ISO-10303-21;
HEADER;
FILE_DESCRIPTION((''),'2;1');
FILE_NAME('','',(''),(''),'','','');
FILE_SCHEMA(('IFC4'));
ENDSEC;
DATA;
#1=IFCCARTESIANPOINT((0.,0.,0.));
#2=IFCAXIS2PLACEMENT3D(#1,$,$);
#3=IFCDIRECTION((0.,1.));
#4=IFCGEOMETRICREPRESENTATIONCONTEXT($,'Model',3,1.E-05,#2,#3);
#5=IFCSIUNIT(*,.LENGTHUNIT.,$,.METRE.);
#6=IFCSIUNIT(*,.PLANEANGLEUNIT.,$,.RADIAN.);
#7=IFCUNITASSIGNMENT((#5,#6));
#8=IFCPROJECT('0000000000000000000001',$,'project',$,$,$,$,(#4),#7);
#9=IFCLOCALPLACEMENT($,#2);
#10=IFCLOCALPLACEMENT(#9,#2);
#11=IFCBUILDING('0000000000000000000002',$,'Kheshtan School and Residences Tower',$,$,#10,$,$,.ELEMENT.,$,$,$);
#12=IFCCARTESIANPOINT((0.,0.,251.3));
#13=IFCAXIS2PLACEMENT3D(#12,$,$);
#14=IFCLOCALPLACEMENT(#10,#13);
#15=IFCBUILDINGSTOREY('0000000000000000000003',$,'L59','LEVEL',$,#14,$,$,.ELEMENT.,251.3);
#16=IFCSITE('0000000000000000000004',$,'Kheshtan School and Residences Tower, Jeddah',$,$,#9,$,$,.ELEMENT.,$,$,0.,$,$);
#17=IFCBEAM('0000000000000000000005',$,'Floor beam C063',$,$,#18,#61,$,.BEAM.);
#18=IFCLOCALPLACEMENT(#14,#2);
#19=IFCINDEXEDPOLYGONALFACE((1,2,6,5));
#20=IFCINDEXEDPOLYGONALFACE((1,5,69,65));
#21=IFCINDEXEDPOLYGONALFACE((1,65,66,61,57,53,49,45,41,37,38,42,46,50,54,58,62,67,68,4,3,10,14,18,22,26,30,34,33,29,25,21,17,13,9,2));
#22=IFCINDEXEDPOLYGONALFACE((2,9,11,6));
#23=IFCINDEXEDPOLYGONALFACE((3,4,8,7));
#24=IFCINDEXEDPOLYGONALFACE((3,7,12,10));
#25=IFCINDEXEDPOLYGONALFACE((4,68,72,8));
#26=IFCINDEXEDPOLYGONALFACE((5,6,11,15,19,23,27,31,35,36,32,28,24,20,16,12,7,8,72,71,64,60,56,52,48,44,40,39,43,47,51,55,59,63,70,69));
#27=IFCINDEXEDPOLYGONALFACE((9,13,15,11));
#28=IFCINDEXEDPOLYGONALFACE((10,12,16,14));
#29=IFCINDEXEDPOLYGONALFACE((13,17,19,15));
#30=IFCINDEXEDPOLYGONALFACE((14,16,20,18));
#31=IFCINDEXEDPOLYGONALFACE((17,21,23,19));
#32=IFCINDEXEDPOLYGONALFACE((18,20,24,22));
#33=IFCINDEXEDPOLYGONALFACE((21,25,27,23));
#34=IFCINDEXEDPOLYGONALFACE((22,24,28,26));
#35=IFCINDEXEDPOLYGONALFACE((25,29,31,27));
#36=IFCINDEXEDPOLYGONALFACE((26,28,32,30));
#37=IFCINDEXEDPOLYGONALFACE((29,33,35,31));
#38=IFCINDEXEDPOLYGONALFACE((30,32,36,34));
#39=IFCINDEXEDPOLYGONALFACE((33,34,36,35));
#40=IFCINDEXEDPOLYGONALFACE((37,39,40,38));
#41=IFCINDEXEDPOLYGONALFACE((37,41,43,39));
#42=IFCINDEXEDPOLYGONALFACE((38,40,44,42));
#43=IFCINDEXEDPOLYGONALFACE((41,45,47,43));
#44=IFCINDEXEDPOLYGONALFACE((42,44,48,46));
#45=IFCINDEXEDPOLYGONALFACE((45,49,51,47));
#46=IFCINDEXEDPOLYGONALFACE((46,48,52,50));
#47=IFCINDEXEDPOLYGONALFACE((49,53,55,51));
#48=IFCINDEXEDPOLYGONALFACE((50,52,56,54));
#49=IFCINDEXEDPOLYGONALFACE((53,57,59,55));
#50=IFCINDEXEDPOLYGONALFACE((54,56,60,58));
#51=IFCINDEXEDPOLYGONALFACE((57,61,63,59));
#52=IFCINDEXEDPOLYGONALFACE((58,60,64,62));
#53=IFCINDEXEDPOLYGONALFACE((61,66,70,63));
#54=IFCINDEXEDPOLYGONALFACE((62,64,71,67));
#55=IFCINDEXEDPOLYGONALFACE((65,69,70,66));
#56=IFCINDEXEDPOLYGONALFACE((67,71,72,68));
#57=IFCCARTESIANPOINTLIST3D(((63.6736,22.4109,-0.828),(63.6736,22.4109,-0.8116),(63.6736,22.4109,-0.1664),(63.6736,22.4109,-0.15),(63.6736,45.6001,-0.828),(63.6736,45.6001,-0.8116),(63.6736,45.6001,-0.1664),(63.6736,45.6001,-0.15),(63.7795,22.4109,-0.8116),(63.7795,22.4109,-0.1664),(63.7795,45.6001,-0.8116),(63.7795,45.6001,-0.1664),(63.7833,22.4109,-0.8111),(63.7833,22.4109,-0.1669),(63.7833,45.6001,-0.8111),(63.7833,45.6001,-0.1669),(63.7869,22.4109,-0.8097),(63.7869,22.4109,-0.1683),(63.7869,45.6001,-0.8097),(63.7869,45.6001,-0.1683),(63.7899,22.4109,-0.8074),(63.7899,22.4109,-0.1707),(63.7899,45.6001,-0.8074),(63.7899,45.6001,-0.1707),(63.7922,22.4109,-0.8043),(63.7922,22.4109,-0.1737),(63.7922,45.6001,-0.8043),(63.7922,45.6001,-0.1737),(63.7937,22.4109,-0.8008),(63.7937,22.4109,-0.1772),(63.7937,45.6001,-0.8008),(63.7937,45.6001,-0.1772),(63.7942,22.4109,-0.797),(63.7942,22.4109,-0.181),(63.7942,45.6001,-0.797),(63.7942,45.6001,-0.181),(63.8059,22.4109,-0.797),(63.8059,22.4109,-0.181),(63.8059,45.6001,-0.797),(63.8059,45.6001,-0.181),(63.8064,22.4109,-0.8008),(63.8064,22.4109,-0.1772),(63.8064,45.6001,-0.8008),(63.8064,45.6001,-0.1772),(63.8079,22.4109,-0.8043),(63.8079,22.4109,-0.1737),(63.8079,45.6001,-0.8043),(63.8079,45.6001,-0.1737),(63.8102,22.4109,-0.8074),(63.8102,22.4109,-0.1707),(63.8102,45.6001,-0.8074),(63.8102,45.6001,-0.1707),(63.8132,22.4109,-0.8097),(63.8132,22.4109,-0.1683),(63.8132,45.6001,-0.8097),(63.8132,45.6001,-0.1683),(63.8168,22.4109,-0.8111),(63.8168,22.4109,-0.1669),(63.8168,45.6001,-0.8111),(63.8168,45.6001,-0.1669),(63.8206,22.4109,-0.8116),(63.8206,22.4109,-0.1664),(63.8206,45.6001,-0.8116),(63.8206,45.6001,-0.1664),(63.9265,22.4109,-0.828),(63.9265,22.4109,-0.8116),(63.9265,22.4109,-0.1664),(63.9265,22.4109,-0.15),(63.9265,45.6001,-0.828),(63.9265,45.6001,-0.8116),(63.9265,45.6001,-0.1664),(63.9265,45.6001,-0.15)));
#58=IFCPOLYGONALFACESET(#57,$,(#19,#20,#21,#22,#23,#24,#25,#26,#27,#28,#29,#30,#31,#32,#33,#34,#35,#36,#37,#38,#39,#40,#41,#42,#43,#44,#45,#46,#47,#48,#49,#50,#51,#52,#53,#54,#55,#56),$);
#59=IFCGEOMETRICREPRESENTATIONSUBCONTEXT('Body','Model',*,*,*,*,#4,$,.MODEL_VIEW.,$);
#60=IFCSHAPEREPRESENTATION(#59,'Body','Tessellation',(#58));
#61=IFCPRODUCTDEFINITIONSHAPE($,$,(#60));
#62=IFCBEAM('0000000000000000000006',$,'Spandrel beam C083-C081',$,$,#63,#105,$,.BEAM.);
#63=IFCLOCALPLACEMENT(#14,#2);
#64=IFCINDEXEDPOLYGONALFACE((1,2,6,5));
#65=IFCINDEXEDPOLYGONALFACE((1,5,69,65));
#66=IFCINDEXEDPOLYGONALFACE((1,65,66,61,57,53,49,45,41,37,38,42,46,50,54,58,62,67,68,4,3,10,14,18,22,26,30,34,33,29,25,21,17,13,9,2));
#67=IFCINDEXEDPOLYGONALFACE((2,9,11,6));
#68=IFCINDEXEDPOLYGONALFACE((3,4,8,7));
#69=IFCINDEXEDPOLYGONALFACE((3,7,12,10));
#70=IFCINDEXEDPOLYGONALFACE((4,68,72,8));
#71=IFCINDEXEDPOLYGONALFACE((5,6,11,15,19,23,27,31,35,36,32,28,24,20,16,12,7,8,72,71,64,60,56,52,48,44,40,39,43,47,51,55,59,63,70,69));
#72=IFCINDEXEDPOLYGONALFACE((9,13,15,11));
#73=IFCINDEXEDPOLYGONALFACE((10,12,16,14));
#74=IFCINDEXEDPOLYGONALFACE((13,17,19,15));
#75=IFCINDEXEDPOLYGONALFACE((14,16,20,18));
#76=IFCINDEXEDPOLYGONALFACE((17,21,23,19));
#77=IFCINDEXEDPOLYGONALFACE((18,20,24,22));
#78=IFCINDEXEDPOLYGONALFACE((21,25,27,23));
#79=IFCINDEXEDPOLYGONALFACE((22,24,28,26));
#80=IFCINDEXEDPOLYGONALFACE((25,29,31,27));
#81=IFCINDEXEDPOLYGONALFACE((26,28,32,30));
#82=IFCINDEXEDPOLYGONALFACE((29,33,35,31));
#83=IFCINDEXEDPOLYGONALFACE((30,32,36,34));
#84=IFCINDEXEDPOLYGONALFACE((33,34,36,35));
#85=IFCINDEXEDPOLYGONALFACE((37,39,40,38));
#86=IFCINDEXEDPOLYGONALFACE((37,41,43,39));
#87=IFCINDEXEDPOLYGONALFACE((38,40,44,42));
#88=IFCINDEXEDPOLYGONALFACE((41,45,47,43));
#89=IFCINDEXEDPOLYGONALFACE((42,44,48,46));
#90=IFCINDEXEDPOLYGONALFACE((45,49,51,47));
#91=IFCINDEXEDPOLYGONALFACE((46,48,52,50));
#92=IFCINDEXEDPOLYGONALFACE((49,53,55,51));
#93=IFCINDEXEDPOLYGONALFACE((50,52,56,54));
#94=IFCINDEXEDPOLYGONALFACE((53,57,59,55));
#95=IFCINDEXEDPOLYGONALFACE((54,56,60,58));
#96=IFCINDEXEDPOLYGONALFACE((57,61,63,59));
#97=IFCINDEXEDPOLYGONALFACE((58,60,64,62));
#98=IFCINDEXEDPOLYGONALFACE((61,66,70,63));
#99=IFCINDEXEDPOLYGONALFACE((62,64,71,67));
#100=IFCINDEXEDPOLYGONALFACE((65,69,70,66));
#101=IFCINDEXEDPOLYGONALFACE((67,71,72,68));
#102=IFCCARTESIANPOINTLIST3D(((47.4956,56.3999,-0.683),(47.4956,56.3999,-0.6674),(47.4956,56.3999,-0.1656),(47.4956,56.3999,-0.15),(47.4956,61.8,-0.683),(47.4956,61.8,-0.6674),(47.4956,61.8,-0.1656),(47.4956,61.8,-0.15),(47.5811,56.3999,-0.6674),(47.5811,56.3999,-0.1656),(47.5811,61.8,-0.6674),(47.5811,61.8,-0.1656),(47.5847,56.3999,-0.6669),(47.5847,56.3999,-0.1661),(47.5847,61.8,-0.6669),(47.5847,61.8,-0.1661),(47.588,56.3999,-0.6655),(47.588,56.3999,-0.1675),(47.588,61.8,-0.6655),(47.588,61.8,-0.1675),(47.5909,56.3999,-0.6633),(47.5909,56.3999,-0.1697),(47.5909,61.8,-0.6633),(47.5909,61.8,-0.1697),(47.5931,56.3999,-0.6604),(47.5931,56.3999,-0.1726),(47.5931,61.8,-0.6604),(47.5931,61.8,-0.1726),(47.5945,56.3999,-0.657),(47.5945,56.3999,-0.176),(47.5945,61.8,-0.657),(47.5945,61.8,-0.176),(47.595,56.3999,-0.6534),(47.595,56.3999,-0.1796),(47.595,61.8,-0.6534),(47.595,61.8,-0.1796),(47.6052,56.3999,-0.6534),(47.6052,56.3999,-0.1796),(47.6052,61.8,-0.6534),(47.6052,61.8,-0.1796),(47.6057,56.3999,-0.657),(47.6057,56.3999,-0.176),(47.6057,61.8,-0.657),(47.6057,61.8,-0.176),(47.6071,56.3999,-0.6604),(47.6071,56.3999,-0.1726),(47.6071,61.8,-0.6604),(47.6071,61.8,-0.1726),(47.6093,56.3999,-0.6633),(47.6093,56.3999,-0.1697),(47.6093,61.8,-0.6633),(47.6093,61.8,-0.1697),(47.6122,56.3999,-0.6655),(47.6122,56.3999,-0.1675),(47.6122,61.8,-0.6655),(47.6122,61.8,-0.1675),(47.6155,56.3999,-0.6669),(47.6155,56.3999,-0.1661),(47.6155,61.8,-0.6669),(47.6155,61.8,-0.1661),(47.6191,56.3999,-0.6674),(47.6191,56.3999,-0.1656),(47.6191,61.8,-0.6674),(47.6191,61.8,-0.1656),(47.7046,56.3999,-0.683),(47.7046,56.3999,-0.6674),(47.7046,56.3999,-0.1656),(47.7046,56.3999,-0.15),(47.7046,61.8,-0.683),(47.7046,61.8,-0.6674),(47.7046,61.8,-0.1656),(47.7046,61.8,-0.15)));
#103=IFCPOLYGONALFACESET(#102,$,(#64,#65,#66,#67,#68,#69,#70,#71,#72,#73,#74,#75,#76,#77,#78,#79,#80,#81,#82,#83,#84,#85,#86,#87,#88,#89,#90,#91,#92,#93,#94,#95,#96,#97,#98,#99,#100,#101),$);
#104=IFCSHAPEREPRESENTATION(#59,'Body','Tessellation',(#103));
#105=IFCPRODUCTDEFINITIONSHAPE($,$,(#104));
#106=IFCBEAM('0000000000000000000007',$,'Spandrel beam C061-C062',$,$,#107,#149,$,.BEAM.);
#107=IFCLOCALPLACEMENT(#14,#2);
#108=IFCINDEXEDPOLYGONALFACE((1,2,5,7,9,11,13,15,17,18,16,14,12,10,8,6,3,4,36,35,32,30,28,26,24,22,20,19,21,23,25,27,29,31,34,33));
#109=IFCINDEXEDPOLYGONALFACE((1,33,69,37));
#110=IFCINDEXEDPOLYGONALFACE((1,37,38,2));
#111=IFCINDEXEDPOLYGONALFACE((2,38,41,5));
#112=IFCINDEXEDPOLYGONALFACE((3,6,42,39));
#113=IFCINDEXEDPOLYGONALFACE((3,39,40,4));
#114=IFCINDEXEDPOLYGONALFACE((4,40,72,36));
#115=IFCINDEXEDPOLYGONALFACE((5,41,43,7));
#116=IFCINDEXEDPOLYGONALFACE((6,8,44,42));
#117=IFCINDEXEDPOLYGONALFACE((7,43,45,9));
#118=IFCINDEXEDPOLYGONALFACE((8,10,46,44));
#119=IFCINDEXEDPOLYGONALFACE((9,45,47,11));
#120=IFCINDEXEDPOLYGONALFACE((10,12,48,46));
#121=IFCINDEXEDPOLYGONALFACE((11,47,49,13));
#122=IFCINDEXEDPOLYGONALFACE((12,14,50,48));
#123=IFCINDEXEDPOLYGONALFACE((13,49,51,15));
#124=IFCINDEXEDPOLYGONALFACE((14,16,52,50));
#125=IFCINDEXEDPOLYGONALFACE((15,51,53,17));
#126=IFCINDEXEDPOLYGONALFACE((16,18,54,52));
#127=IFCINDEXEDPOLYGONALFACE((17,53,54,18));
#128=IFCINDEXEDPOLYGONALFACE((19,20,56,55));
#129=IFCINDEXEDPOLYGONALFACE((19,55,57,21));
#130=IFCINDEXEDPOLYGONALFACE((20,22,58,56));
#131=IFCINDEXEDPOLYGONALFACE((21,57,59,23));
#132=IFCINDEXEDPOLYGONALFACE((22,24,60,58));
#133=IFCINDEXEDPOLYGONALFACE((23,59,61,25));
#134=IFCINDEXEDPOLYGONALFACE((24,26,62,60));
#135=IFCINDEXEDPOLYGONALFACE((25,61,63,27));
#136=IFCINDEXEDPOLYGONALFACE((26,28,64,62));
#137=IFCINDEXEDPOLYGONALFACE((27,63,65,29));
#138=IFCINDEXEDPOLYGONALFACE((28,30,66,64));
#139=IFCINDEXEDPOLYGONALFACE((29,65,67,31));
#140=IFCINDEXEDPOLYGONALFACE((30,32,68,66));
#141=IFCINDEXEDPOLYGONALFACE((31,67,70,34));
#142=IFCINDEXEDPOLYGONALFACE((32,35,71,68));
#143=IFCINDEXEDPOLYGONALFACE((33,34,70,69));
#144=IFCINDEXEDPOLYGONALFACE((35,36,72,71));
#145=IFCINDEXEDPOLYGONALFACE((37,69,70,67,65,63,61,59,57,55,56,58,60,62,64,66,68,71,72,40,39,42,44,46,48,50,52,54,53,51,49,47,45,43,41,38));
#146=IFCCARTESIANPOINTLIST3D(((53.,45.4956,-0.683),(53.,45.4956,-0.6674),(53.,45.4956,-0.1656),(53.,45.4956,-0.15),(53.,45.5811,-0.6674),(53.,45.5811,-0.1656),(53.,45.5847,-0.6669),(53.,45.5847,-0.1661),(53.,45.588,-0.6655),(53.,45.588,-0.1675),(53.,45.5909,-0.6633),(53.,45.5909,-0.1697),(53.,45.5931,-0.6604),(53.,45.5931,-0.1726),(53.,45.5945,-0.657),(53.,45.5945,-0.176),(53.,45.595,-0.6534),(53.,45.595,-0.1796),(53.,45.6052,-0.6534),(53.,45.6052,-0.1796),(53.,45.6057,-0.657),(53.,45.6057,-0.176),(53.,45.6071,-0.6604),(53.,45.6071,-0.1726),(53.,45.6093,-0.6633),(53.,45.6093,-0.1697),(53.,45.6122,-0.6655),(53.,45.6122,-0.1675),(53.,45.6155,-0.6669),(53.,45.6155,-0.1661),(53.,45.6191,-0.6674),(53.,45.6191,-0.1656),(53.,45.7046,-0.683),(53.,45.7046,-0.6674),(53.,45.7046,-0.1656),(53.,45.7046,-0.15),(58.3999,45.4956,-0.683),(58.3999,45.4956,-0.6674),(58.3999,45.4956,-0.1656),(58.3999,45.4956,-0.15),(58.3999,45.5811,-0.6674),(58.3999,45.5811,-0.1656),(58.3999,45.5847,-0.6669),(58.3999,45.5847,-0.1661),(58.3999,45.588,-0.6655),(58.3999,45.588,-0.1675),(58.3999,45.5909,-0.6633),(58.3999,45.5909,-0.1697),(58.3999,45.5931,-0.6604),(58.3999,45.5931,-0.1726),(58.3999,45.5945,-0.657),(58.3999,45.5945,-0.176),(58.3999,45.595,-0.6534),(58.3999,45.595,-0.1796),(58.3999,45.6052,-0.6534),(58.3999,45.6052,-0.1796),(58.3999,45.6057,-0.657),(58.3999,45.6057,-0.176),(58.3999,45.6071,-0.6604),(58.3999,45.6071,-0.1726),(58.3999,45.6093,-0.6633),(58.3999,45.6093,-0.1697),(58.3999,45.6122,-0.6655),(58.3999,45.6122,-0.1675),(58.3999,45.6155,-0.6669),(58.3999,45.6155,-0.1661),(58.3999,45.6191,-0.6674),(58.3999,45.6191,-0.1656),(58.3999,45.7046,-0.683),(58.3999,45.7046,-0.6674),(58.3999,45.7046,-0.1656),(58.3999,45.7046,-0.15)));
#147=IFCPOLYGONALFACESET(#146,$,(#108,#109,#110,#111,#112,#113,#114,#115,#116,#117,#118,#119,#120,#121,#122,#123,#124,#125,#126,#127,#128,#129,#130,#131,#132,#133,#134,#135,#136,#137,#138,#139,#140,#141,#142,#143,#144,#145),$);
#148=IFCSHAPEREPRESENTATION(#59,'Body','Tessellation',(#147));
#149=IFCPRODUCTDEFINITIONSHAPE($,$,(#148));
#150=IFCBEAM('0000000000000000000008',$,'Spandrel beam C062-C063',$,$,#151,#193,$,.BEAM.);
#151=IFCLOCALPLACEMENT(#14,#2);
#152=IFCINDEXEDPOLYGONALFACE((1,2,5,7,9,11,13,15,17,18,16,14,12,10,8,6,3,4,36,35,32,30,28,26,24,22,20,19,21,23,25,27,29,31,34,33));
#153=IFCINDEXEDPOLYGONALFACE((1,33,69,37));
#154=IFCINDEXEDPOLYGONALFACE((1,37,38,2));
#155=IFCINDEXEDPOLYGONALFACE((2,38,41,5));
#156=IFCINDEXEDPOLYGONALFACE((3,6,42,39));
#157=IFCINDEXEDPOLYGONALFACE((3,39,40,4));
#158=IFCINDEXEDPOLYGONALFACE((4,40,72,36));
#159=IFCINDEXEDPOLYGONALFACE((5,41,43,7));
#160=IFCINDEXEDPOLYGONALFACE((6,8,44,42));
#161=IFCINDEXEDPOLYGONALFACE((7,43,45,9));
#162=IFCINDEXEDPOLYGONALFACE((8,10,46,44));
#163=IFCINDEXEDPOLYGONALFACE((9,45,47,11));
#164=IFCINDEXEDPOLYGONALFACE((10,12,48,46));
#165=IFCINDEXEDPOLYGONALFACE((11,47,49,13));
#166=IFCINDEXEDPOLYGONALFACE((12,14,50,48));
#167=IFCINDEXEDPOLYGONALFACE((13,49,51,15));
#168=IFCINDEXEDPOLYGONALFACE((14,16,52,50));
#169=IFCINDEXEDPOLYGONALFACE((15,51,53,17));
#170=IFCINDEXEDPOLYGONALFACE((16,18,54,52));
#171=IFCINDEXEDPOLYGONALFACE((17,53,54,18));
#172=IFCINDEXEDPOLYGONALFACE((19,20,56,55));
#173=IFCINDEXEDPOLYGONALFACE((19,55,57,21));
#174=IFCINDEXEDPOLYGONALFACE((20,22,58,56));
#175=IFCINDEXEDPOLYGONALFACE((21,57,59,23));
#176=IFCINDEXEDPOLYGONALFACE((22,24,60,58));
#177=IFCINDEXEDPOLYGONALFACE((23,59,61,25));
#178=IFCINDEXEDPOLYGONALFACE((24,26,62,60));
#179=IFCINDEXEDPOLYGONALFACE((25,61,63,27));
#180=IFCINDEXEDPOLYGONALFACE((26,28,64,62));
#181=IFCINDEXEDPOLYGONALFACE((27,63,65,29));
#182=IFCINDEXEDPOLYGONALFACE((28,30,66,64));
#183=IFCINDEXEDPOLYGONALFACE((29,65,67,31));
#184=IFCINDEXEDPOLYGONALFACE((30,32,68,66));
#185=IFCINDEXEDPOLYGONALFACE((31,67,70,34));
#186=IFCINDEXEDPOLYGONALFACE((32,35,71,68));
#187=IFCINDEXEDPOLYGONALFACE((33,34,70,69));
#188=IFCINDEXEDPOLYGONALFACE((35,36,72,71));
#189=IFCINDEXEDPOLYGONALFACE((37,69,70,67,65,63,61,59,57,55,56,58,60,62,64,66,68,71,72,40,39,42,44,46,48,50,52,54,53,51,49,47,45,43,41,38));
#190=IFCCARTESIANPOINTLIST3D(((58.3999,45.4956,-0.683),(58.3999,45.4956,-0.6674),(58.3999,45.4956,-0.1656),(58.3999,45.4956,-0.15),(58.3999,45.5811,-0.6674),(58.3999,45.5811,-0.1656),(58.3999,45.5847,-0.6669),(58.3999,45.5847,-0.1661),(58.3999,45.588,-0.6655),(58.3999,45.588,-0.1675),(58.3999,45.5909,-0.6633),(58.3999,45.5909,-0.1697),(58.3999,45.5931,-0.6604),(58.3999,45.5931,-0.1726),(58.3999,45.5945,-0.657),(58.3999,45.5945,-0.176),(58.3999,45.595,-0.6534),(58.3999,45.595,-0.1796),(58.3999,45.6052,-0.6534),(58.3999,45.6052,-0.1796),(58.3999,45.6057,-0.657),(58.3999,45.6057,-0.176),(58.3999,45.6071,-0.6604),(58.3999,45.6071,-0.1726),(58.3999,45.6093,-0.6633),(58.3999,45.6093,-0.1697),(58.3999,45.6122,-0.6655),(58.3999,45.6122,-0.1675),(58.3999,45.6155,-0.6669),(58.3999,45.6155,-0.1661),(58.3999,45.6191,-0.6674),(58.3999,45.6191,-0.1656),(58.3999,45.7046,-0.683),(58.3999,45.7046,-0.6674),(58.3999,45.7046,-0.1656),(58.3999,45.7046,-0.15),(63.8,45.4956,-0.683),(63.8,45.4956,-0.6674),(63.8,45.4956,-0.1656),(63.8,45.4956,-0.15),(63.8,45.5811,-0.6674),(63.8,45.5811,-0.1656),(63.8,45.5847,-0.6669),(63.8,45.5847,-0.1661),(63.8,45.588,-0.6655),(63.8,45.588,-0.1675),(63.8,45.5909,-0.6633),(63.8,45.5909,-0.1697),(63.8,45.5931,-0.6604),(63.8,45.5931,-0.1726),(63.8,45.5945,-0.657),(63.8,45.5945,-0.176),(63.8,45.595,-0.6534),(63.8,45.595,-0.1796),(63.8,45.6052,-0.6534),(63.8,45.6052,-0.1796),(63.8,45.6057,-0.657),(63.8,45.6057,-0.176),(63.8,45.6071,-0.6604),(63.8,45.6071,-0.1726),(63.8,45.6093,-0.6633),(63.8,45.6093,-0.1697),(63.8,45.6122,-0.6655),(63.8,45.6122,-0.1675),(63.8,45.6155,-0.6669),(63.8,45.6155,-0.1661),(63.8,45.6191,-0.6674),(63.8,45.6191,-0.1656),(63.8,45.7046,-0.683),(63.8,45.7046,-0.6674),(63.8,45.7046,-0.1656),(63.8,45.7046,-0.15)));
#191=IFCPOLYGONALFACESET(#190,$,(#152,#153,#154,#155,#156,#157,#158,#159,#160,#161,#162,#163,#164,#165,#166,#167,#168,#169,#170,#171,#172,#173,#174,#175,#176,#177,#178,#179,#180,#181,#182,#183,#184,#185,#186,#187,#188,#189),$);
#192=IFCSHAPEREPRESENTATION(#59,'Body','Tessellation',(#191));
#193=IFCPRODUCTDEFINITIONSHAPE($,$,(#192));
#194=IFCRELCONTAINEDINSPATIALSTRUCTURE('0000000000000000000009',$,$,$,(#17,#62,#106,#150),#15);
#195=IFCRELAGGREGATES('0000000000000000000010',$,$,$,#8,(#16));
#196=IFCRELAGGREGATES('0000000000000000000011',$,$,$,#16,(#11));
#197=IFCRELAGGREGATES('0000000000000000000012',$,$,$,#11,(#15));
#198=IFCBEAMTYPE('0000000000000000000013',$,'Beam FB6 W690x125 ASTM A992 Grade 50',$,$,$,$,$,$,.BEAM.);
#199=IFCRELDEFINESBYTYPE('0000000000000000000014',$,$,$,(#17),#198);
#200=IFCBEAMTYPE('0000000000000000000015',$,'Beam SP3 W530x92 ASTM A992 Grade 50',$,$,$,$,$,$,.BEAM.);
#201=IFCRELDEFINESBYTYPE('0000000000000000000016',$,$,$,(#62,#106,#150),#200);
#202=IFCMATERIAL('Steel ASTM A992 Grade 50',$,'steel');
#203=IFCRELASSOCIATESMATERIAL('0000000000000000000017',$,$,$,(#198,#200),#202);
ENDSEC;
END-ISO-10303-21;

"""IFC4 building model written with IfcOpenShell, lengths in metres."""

from ifc_helpers import new_model, si_unit, direction, frame, origin, origin_2d, place, context, subcontext, project, spatial, i_section, extrude, material, material_profile, profile_set, type_object, element, save


model = new_model("IFC4")

# Units and contexts
model_context = context("Model", 3, precision=1e-05, world=origin(), true_north=direction((0.0, 1.0)))
body_context = subcontext(model_context, "Body", "Model", "MODEL_VIEW")
ifc_project = project(units=[si_unit("LENGTHUNIT", "METRE"), si_unit("PLANEANGLEUNIT", "RADIAN")], contexts=[model_context])

# Site, building, storey
site_placement = place(None, origin())
site = spatial("IfcSite", under=ifc_project, at=site_placement, Name="Kheshtan School and Residences Tower, Jeddah", CompositionType="ELEMENT", RefElevation=0.0)
building_placement = place(site_placement, origin())
building = spatial("IfcBuilding", under=site, at=building_placement, Name="Kheshtan School and Residences Tower", CompositionType="ELEMENT")
storey_placement = place(building_placement, frame((0.0, 0.0, 251.3)))
storey = spatial("IfcBuildingStorey", under=building, at=storey_placement, Name="L59", Description="LEVEL", CompositionType="ELEMENT", Elevation=251.3)

# Shared definitions
ifc_material_1 = material(Name="Steel ASTM A992 Grade 50", Category="steel")

# Beams
ifc_material_profile_1 = material_profile(ifc_material_1, i_section(OverallWidth=0.2529, OverallDepth=0.678, WebThickness=0.0117, FlangeThickness=0.0164, FilletRadius=0.0146, at=origin_2d()), Name="W690x125")
ifc_profile_set_1 = profile_set([ifc_material_profile_1], Name="Steel ASTM A992 Grade 50")
beam_type_1 = type_object("IfcBeamType", Name="Beam FB6 W690x125 ASTM A992 Grade 50", PredefinedType="BEAM", material=ifc_profile_set_1)
beam_1_placement = place(storey_placement, frame((63.8, 45.6001, -0.489), z_axis=(0.0, -1.0, 0.0), x_axis=(1.0, 0.0, 0.0)))
element("IfcBeam", 1, at=beam_1_placement, inside=storey, type_object=beam_type_1, Name="Floor beam C063", PredefinedType="BEAM", context=body_context, shape_type="SweptSolid", body=[
    extrude(i_section(OverallWidth=0.2529, OverallDepth=0.678, WebThickness=0.0117, FlangeThickness=0.0164, FilletRadius=0.0146, at=origin_2d()), origin(), (0.0, 0.0, 1.0), 23.1892),
])
ifc_material_profile_2 = material_profile(ifc_material_1, i_section(OverallWidth=0.209, OverallDepth=0.533, WebThickness=0.0103, FlangeThickness=0.0156, FilletRadius=0.0139, at=origin_2d()), Name="W530x92")
ifc_profile_set_2 = profile_set([ifc_material_profile_2], Name="Steel ASTM A992 Grade 50")
beam_type_2 = type_object("IfcBeamType", Name="Beam SP3 W530x92 ASTM A992 Grade 50", PredefinedType="BEAM", material=ifc_profile_set_2)
beam_2_placement = place(storey_placement, frame((47.6001, 61.8, -0.4165), z_axis=(0.0, -1.0, 0.0), x_axis=(1.0, 0.0, 0.0)))
element("IfcBeam", 2, at=beam_2_placement, inside=storey, type_object=beam_type_2, Name="Spandrel beam C083-C081", PredefinedType="BEAM", context=body_context, shape_type="SweptSolid", body=[
    extrude(i_section(OverallWidth=0.209, OverallDepth=0.533, WebThickness=0.0103, FlangeThickness=0.0156, FilletRadius=0.0139, at=origin_2d()), origin(), (0.0, 0.0, 1.0), 5.4001),
])
beam_3_placement = place(storey_placement, frame((53.0, 45.6001, -0.4165), z_axis=(1.0, 0.0, 0.0), x_axis=(0.0, 1.0, 0.0)))
element("IfcBeam", 3, at=beam_3_placement, inside=storey, type_object=beam_type_2, Name="Spandrel beam C061-C062", PredefinedType="BEAM", context=body_context, shape_type="SweptSolid", body=[
    extrude(i_section(OverallWidth=0.209, OverallDepth=0.533, WebThickness=0.0103, FlangeThickness=0.0156, FilletRadius=0.0139, at=origin_2d()), origin(), (0.0, 0.0, 1.0), 5.3999),
])
beam_4_placement = place(storey_placement, frame((58.3999, 45.6001, -0.4165), z_axis=(1.0, 0.0, 0.0), x_axis=(0.0, 1.0, 0.0)))
element("IfcBeam", 4, at=beam_4_placement, inside=storey, type_object=beam_type_2, Name="Spandrel beam C062-C063", PredefinedType="BEAM", context=body_context, shape_type="SweptSolid", body=[
    extrude(i_section(OverallWidth=0.209, OverallDepth=0.533, WebThickness=0.0103, FlangeThickness=0.0156, FilletRadius=0.0139, at=origin_2d()), origin(), (0.0, 0.0, 1.0), 5.4001),
])

save(model, "model.ifc")
